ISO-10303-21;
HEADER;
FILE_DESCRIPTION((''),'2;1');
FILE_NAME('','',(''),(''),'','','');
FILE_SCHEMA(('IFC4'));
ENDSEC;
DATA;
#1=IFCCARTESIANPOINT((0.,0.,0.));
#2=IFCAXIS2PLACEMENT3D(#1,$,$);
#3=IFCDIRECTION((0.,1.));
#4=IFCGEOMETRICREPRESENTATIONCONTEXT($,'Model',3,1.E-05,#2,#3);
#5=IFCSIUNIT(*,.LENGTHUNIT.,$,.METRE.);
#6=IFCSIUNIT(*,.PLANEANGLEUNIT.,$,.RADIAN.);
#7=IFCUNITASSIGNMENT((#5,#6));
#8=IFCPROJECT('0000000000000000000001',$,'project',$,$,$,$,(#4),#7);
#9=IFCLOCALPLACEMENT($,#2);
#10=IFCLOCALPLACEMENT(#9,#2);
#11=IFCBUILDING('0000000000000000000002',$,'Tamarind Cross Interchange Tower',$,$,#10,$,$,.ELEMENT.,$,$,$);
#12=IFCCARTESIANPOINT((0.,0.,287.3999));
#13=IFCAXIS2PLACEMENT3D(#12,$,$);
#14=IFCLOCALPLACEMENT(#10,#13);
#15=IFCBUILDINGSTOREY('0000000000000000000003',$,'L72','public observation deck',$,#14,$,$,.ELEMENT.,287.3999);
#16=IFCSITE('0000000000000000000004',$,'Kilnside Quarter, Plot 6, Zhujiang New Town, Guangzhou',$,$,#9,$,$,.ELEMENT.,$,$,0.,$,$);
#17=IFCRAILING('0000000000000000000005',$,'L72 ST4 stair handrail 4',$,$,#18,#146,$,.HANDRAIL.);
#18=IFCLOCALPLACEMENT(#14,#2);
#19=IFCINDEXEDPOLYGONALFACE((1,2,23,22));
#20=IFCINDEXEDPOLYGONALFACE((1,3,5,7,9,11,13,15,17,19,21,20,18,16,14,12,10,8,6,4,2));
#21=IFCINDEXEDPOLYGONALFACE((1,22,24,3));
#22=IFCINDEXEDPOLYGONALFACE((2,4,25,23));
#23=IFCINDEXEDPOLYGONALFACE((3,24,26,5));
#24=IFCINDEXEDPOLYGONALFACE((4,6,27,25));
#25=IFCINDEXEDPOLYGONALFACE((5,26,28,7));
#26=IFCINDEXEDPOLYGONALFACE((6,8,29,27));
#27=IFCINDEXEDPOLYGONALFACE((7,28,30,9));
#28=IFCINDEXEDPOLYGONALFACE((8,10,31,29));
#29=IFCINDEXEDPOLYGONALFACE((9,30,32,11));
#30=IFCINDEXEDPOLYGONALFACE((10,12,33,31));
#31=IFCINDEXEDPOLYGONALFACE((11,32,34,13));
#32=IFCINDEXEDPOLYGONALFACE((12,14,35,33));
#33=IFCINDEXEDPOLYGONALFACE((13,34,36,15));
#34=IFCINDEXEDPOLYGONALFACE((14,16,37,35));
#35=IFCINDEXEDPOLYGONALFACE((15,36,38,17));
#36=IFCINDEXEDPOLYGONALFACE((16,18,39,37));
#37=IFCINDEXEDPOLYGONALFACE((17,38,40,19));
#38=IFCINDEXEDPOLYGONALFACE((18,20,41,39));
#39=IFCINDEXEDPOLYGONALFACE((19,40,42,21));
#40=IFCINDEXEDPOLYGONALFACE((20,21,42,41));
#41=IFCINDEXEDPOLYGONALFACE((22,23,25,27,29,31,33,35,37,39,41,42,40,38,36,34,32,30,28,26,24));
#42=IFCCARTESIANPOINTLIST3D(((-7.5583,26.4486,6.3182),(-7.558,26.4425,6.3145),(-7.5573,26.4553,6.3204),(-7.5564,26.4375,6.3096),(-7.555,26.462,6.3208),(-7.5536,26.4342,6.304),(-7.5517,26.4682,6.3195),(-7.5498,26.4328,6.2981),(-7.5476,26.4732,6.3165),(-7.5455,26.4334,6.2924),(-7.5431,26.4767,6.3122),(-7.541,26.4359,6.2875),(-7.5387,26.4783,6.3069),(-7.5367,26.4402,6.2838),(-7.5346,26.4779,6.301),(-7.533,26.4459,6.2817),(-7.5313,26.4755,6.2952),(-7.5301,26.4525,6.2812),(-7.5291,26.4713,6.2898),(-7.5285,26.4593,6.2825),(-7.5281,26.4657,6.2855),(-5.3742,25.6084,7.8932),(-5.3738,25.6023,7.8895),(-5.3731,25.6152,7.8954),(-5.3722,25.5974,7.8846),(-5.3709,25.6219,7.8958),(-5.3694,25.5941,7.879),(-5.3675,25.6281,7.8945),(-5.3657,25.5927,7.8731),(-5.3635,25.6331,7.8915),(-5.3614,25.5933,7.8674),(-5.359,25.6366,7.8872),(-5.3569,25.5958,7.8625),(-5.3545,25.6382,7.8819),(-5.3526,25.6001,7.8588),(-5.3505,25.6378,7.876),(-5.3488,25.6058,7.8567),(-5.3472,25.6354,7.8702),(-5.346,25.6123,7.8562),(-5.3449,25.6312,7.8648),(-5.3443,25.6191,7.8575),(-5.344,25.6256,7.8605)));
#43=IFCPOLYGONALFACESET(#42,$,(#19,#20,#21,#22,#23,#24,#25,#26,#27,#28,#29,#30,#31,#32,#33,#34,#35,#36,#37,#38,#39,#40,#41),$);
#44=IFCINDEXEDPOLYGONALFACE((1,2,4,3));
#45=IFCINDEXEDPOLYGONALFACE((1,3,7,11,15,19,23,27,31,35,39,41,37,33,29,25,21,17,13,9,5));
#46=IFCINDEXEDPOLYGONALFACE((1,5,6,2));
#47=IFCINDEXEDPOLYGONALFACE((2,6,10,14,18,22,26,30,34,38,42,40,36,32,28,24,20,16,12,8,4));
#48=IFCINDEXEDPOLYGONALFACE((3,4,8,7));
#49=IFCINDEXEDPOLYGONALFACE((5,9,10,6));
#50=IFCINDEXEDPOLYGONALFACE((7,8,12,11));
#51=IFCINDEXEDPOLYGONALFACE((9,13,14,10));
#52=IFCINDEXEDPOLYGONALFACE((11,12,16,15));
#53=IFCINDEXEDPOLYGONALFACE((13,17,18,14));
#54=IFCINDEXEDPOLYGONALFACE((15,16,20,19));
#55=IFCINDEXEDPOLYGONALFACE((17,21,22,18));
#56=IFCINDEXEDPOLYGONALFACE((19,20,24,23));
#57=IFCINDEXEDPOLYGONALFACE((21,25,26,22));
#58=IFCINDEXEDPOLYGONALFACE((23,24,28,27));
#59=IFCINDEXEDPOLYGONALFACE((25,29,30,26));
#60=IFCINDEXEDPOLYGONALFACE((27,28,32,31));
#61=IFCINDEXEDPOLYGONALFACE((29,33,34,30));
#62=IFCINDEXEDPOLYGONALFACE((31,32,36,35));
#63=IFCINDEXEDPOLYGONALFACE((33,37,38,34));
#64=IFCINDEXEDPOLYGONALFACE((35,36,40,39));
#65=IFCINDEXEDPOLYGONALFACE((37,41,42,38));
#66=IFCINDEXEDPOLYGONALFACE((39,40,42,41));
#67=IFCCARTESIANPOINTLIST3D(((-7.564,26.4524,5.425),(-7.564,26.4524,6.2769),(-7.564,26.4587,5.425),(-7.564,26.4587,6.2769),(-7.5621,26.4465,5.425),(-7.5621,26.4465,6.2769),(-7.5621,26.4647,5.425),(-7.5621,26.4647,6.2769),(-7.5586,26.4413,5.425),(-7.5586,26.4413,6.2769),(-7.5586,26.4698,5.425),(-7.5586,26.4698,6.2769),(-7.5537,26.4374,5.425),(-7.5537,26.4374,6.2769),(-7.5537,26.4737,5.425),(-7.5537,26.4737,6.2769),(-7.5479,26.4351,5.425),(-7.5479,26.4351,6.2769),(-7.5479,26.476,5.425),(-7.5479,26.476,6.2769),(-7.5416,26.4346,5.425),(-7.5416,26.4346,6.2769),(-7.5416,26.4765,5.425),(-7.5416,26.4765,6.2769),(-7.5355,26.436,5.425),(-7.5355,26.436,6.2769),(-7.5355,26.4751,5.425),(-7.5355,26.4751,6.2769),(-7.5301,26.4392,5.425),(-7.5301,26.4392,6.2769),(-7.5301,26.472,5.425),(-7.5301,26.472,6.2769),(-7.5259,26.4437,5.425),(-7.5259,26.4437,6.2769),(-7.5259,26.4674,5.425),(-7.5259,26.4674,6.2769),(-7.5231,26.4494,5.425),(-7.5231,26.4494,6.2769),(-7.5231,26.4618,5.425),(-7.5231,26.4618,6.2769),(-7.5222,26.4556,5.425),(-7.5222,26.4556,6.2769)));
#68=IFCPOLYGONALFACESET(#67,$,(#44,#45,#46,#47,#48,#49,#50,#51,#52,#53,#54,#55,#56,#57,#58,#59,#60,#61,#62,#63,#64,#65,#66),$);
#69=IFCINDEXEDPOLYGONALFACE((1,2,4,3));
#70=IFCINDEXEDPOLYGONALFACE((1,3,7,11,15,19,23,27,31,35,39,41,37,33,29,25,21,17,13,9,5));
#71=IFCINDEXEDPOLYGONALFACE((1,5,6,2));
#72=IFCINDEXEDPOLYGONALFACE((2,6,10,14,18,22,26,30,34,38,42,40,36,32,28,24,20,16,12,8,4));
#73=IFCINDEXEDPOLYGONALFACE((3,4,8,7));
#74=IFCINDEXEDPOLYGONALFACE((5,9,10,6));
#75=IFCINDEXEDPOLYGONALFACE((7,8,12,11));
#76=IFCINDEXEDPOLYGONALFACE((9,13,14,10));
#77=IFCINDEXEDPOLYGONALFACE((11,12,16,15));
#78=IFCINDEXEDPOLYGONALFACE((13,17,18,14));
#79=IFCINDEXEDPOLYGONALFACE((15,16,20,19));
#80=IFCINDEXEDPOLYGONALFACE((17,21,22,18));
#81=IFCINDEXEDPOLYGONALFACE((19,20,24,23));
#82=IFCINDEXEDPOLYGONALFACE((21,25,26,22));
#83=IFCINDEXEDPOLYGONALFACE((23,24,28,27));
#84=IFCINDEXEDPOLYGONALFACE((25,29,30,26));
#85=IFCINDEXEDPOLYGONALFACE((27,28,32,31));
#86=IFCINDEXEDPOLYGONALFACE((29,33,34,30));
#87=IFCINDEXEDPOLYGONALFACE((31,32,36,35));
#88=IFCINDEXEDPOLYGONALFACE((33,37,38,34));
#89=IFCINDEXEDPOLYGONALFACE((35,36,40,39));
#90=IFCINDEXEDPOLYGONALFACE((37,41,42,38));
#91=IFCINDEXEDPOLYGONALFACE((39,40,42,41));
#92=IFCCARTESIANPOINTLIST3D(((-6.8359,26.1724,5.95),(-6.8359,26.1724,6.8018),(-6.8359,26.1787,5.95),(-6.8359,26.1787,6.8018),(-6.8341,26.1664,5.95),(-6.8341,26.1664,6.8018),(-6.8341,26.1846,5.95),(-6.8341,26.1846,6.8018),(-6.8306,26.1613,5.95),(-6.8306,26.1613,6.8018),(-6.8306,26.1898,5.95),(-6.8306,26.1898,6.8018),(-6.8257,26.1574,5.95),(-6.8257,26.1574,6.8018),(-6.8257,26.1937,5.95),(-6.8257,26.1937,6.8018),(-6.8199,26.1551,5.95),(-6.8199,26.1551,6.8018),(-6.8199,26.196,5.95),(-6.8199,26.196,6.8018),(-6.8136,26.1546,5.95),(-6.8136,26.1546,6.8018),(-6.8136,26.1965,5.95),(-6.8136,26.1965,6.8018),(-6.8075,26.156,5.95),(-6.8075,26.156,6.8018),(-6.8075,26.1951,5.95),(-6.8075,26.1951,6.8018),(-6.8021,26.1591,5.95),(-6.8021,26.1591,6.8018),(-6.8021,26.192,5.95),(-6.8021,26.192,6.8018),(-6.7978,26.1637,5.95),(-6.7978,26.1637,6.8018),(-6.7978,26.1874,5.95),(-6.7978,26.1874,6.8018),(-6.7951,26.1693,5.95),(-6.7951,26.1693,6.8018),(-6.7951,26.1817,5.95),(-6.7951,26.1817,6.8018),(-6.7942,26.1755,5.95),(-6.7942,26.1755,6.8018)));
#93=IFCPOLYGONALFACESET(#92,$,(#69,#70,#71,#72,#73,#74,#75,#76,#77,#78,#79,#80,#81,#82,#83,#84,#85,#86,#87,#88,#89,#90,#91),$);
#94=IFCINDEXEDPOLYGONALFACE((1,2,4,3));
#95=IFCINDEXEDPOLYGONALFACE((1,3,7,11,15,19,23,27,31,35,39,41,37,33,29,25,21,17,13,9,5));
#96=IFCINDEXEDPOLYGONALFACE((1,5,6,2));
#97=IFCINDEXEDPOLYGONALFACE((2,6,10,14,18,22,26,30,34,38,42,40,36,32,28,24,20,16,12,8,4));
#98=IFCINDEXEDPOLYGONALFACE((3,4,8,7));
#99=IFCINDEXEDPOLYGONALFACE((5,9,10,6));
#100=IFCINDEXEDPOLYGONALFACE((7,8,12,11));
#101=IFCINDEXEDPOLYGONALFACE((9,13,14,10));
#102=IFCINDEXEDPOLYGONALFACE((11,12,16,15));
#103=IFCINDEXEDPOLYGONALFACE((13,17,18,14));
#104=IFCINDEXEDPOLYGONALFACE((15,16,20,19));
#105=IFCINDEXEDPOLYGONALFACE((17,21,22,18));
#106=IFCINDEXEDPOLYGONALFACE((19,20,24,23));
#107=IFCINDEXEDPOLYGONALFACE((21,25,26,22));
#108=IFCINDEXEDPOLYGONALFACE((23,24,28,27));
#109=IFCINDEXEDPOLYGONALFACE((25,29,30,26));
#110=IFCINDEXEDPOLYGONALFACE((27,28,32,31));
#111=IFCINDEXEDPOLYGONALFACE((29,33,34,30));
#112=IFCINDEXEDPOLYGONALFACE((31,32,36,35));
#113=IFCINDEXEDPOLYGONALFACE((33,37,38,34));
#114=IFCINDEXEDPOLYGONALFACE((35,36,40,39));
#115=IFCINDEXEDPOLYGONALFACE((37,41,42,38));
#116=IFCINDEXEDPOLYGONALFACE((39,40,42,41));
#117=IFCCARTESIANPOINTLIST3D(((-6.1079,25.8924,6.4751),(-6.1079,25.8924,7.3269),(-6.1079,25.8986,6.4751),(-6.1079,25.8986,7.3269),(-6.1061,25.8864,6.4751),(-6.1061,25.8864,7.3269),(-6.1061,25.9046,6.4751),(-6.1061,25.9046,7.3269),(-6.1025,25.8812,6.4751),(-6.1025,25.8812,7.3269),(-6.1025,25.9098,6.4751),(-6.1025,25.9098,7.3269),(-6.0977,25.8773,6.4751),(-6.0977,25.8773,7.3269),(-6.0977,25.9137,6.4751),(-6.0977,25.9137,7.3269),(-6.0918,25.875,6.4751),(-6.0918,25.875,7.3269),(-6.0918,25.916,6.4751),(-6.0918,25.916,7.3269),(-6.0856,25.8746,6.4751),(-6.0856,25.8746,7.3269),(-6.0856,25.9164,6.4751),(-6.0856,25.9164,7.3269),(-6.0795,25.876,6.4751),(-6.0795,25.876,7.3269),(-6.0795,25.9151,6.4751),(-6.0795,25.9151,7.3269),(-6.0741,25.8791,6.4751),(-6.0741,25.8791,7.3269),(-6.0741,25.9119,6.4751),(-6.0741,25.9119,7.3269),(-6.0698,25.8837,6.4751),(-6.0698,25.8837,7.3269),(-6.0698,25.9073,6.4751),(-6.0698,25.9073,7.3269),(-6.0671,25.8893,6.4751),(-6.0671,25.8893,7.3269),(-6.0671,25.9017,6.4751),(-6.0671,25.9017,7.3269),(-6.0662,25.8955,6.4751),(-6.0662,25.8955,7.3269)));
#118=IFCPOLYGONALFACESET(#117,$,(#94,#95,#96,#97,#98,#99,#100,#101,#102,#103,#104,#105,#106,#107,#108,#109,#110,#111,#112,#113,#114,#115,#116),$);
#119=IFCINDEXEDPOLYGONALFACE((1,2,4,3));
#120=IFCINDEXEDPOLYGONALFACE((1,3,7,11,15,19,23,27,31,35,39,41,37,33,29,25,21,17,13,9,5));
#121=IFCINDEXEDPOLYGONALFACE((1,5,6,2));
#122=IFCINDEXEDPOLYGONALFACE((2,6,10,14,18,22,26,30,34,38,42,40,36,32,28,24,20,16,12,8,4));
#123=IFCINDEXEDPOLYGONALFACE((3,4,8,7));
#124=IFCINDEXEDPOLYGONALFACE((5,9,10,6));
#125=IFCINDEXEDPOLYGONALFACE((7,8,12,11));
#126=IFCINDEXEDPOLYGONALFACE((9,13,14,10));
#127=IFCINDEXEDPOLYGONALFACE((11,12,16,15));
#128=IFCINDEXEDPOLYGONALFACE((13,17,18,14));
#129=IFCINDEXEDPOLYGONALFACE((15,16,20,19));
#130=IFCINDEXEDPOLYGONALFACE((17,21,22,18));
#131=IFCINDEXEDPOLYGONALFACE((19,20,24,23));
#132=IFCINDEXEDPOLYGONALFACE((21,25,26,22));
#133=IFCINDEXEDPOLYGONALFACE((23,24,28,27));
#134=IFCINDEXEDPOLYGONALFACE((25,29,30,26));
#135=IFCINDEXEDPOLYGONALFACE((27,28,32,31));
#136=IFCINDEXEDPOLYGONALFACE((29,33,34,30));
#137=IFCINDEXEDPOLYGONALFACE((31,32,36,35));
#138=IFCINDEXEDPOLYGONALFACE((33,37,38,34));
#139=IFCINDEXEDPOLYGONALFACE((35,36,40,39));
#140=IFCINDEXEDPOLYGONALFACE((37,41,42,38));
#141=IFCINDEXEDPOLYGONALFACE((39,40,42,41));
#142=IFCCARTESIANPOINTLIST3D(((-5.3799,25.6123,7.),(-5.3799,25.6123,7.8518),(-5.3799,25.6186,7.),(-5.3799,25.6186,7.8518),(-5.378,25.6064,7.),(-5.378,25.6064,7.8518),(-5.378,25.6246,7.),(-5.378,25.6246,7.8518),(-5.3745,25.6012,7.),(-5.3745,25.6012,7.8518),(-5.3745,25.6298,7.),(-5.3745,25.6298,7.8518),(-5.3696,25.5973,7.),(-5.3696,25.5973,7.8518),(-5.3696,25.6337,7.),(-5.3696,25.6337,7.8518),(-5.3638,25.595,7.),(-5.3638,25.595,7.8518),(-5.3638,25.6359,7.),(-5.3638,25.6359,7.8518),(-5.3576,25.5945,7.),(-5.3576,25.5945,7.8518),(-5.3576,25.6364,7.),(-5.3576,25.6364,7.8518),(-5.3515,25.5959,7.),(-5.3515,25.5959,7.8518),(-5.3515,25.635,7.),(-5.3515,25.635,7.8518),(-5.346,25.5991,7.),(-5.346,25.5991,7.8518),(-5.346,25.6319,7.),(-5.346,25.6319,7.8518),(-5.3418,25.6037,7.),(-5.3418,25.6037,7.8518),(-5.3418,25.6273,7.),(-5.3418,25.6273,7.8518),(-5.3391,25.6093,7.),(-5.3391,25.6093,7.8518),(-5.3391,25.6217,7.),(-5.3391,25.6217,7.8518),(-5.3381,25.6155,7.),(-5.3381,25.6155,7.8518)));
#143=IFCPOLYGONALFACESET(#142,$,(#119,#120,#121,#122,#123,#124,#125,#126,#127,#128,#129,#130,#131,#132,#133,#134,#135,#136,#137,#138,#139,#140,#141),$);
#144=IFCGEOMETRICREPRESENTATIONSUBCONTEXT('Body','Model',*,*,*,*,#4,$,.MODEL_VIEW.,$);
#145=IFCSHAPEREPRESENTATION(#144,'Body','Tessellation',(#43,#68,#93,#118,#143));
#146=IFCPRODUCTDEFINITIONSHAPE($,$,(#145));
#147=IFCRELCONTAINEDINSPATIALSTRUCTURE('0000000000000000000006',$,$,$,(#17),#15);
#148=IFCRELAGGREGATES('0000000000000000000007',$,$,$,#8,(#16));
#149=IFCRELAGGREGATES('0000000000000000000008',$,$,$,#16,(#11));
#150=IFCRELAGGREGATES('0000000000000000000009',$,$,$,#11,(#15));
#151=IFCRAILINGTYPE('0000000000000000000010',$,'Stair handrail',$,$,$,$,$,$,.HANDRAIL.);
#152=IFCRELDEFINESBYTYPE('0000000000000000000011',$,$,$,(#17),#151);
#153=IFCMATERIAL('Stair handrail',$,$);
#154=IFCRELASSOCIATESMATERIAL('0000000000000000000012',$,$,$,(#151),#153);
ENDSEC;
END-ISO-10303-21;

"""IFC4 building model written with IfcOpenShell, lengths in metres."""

from ifc_helpers import new_model, si_unit, direction, frame, origin, origin_2d, place, context, subcontext, project, spatial, circle, extrude, material, type_object, element, save


model = new_model("IFC4")

# Units and contexts
model_context = context("Model", 3, precision=1e-05, world=origin(), true_north=direction((0.0, 1.0)))
body_context = subcontext(model_context, "Body", "Model", "MODEL_VIEW")
ifc_project = project(units=[si_unit("LENGTHUNIT", "METRE"), si_unit("PLANEANGLEUNIT", "RADIAN")], contexts=[model_context])

# Site, building, storey
site_placement = place(None, origin())
site = spatial("IfcSite", under=ifc_project, at=site_placement, Name="Kilnside Quarter, Plot 6, Zhujiang New Town, Guangzhou", CompositionType="ELEMENT", RefElevation=0.0)
building_placement = place(site_placement, origin())
building = spatial("IfcBuilding", under=site, at=building_placement, Name="Tamarind Cross Interchange Tower", CompositionType="ELEMENT")
storey_placement = place(building_placement, frame((0.0, 0.0, 287.3999)))
storey = spatial("IfcBuildingStorey", under=building, at=storey_placement, Name="L72", Description="public observation deck", CompositionType="ELEMENT", Elevation=287.3999)

# Railing
ifc_material_1 = material(Name="Stair handrail")
railing_type_1 = type_object("IfcRailingType", Name="Stair handrail", PredefinedType="HANDRAIL", material=ifc_material_1)
for number, where, name in (
    (1, (-7.5432, 26.4556, 5.425), "L72 ST4 stair handrail 4"),
):
    element("IfcRailing", number, at=place(storey_placement, frame(where)), inside=storey, type_object=railing_type_1, Name=name, PredefinedType="HANDRAIL", context=body_context, shape_type="SweptSolid", body=[
        extrude(circle(Radius=0.0239, at=origin_2d()), frame((0.0, 0.0, 0.876), z_axis=(0.774301, -0.297828, 0.558352), x_axis=(0.359, 0.933338, 0.0)), (0.0, 0.0, 1.0), 2.8208),
        extrude(circle(Radius=0.021, at=origin_2d()), origin(), (0.0, 0.0, 1.0), 0.8518),
        extrude(circle(Radius=0.021, at=origin_2d()), frame((0.728, -0.28, 0.5249)), (0.0, 0.0, 1.0), 0.8518),
        extrude(circle(Radius=0.021, at=origin_2d()), frame((1.4561, -0.5601, 1.05)), (0.0, 0.0, 1.0), 0.8518),
        extrude(circle(Radius=0.021, at=origin_2d()), frame((2.1841, -0.8401, 1.575)), (0.0, 0.0, 1.0), 0.8518),
    ])

save(model, "model.ifc")
